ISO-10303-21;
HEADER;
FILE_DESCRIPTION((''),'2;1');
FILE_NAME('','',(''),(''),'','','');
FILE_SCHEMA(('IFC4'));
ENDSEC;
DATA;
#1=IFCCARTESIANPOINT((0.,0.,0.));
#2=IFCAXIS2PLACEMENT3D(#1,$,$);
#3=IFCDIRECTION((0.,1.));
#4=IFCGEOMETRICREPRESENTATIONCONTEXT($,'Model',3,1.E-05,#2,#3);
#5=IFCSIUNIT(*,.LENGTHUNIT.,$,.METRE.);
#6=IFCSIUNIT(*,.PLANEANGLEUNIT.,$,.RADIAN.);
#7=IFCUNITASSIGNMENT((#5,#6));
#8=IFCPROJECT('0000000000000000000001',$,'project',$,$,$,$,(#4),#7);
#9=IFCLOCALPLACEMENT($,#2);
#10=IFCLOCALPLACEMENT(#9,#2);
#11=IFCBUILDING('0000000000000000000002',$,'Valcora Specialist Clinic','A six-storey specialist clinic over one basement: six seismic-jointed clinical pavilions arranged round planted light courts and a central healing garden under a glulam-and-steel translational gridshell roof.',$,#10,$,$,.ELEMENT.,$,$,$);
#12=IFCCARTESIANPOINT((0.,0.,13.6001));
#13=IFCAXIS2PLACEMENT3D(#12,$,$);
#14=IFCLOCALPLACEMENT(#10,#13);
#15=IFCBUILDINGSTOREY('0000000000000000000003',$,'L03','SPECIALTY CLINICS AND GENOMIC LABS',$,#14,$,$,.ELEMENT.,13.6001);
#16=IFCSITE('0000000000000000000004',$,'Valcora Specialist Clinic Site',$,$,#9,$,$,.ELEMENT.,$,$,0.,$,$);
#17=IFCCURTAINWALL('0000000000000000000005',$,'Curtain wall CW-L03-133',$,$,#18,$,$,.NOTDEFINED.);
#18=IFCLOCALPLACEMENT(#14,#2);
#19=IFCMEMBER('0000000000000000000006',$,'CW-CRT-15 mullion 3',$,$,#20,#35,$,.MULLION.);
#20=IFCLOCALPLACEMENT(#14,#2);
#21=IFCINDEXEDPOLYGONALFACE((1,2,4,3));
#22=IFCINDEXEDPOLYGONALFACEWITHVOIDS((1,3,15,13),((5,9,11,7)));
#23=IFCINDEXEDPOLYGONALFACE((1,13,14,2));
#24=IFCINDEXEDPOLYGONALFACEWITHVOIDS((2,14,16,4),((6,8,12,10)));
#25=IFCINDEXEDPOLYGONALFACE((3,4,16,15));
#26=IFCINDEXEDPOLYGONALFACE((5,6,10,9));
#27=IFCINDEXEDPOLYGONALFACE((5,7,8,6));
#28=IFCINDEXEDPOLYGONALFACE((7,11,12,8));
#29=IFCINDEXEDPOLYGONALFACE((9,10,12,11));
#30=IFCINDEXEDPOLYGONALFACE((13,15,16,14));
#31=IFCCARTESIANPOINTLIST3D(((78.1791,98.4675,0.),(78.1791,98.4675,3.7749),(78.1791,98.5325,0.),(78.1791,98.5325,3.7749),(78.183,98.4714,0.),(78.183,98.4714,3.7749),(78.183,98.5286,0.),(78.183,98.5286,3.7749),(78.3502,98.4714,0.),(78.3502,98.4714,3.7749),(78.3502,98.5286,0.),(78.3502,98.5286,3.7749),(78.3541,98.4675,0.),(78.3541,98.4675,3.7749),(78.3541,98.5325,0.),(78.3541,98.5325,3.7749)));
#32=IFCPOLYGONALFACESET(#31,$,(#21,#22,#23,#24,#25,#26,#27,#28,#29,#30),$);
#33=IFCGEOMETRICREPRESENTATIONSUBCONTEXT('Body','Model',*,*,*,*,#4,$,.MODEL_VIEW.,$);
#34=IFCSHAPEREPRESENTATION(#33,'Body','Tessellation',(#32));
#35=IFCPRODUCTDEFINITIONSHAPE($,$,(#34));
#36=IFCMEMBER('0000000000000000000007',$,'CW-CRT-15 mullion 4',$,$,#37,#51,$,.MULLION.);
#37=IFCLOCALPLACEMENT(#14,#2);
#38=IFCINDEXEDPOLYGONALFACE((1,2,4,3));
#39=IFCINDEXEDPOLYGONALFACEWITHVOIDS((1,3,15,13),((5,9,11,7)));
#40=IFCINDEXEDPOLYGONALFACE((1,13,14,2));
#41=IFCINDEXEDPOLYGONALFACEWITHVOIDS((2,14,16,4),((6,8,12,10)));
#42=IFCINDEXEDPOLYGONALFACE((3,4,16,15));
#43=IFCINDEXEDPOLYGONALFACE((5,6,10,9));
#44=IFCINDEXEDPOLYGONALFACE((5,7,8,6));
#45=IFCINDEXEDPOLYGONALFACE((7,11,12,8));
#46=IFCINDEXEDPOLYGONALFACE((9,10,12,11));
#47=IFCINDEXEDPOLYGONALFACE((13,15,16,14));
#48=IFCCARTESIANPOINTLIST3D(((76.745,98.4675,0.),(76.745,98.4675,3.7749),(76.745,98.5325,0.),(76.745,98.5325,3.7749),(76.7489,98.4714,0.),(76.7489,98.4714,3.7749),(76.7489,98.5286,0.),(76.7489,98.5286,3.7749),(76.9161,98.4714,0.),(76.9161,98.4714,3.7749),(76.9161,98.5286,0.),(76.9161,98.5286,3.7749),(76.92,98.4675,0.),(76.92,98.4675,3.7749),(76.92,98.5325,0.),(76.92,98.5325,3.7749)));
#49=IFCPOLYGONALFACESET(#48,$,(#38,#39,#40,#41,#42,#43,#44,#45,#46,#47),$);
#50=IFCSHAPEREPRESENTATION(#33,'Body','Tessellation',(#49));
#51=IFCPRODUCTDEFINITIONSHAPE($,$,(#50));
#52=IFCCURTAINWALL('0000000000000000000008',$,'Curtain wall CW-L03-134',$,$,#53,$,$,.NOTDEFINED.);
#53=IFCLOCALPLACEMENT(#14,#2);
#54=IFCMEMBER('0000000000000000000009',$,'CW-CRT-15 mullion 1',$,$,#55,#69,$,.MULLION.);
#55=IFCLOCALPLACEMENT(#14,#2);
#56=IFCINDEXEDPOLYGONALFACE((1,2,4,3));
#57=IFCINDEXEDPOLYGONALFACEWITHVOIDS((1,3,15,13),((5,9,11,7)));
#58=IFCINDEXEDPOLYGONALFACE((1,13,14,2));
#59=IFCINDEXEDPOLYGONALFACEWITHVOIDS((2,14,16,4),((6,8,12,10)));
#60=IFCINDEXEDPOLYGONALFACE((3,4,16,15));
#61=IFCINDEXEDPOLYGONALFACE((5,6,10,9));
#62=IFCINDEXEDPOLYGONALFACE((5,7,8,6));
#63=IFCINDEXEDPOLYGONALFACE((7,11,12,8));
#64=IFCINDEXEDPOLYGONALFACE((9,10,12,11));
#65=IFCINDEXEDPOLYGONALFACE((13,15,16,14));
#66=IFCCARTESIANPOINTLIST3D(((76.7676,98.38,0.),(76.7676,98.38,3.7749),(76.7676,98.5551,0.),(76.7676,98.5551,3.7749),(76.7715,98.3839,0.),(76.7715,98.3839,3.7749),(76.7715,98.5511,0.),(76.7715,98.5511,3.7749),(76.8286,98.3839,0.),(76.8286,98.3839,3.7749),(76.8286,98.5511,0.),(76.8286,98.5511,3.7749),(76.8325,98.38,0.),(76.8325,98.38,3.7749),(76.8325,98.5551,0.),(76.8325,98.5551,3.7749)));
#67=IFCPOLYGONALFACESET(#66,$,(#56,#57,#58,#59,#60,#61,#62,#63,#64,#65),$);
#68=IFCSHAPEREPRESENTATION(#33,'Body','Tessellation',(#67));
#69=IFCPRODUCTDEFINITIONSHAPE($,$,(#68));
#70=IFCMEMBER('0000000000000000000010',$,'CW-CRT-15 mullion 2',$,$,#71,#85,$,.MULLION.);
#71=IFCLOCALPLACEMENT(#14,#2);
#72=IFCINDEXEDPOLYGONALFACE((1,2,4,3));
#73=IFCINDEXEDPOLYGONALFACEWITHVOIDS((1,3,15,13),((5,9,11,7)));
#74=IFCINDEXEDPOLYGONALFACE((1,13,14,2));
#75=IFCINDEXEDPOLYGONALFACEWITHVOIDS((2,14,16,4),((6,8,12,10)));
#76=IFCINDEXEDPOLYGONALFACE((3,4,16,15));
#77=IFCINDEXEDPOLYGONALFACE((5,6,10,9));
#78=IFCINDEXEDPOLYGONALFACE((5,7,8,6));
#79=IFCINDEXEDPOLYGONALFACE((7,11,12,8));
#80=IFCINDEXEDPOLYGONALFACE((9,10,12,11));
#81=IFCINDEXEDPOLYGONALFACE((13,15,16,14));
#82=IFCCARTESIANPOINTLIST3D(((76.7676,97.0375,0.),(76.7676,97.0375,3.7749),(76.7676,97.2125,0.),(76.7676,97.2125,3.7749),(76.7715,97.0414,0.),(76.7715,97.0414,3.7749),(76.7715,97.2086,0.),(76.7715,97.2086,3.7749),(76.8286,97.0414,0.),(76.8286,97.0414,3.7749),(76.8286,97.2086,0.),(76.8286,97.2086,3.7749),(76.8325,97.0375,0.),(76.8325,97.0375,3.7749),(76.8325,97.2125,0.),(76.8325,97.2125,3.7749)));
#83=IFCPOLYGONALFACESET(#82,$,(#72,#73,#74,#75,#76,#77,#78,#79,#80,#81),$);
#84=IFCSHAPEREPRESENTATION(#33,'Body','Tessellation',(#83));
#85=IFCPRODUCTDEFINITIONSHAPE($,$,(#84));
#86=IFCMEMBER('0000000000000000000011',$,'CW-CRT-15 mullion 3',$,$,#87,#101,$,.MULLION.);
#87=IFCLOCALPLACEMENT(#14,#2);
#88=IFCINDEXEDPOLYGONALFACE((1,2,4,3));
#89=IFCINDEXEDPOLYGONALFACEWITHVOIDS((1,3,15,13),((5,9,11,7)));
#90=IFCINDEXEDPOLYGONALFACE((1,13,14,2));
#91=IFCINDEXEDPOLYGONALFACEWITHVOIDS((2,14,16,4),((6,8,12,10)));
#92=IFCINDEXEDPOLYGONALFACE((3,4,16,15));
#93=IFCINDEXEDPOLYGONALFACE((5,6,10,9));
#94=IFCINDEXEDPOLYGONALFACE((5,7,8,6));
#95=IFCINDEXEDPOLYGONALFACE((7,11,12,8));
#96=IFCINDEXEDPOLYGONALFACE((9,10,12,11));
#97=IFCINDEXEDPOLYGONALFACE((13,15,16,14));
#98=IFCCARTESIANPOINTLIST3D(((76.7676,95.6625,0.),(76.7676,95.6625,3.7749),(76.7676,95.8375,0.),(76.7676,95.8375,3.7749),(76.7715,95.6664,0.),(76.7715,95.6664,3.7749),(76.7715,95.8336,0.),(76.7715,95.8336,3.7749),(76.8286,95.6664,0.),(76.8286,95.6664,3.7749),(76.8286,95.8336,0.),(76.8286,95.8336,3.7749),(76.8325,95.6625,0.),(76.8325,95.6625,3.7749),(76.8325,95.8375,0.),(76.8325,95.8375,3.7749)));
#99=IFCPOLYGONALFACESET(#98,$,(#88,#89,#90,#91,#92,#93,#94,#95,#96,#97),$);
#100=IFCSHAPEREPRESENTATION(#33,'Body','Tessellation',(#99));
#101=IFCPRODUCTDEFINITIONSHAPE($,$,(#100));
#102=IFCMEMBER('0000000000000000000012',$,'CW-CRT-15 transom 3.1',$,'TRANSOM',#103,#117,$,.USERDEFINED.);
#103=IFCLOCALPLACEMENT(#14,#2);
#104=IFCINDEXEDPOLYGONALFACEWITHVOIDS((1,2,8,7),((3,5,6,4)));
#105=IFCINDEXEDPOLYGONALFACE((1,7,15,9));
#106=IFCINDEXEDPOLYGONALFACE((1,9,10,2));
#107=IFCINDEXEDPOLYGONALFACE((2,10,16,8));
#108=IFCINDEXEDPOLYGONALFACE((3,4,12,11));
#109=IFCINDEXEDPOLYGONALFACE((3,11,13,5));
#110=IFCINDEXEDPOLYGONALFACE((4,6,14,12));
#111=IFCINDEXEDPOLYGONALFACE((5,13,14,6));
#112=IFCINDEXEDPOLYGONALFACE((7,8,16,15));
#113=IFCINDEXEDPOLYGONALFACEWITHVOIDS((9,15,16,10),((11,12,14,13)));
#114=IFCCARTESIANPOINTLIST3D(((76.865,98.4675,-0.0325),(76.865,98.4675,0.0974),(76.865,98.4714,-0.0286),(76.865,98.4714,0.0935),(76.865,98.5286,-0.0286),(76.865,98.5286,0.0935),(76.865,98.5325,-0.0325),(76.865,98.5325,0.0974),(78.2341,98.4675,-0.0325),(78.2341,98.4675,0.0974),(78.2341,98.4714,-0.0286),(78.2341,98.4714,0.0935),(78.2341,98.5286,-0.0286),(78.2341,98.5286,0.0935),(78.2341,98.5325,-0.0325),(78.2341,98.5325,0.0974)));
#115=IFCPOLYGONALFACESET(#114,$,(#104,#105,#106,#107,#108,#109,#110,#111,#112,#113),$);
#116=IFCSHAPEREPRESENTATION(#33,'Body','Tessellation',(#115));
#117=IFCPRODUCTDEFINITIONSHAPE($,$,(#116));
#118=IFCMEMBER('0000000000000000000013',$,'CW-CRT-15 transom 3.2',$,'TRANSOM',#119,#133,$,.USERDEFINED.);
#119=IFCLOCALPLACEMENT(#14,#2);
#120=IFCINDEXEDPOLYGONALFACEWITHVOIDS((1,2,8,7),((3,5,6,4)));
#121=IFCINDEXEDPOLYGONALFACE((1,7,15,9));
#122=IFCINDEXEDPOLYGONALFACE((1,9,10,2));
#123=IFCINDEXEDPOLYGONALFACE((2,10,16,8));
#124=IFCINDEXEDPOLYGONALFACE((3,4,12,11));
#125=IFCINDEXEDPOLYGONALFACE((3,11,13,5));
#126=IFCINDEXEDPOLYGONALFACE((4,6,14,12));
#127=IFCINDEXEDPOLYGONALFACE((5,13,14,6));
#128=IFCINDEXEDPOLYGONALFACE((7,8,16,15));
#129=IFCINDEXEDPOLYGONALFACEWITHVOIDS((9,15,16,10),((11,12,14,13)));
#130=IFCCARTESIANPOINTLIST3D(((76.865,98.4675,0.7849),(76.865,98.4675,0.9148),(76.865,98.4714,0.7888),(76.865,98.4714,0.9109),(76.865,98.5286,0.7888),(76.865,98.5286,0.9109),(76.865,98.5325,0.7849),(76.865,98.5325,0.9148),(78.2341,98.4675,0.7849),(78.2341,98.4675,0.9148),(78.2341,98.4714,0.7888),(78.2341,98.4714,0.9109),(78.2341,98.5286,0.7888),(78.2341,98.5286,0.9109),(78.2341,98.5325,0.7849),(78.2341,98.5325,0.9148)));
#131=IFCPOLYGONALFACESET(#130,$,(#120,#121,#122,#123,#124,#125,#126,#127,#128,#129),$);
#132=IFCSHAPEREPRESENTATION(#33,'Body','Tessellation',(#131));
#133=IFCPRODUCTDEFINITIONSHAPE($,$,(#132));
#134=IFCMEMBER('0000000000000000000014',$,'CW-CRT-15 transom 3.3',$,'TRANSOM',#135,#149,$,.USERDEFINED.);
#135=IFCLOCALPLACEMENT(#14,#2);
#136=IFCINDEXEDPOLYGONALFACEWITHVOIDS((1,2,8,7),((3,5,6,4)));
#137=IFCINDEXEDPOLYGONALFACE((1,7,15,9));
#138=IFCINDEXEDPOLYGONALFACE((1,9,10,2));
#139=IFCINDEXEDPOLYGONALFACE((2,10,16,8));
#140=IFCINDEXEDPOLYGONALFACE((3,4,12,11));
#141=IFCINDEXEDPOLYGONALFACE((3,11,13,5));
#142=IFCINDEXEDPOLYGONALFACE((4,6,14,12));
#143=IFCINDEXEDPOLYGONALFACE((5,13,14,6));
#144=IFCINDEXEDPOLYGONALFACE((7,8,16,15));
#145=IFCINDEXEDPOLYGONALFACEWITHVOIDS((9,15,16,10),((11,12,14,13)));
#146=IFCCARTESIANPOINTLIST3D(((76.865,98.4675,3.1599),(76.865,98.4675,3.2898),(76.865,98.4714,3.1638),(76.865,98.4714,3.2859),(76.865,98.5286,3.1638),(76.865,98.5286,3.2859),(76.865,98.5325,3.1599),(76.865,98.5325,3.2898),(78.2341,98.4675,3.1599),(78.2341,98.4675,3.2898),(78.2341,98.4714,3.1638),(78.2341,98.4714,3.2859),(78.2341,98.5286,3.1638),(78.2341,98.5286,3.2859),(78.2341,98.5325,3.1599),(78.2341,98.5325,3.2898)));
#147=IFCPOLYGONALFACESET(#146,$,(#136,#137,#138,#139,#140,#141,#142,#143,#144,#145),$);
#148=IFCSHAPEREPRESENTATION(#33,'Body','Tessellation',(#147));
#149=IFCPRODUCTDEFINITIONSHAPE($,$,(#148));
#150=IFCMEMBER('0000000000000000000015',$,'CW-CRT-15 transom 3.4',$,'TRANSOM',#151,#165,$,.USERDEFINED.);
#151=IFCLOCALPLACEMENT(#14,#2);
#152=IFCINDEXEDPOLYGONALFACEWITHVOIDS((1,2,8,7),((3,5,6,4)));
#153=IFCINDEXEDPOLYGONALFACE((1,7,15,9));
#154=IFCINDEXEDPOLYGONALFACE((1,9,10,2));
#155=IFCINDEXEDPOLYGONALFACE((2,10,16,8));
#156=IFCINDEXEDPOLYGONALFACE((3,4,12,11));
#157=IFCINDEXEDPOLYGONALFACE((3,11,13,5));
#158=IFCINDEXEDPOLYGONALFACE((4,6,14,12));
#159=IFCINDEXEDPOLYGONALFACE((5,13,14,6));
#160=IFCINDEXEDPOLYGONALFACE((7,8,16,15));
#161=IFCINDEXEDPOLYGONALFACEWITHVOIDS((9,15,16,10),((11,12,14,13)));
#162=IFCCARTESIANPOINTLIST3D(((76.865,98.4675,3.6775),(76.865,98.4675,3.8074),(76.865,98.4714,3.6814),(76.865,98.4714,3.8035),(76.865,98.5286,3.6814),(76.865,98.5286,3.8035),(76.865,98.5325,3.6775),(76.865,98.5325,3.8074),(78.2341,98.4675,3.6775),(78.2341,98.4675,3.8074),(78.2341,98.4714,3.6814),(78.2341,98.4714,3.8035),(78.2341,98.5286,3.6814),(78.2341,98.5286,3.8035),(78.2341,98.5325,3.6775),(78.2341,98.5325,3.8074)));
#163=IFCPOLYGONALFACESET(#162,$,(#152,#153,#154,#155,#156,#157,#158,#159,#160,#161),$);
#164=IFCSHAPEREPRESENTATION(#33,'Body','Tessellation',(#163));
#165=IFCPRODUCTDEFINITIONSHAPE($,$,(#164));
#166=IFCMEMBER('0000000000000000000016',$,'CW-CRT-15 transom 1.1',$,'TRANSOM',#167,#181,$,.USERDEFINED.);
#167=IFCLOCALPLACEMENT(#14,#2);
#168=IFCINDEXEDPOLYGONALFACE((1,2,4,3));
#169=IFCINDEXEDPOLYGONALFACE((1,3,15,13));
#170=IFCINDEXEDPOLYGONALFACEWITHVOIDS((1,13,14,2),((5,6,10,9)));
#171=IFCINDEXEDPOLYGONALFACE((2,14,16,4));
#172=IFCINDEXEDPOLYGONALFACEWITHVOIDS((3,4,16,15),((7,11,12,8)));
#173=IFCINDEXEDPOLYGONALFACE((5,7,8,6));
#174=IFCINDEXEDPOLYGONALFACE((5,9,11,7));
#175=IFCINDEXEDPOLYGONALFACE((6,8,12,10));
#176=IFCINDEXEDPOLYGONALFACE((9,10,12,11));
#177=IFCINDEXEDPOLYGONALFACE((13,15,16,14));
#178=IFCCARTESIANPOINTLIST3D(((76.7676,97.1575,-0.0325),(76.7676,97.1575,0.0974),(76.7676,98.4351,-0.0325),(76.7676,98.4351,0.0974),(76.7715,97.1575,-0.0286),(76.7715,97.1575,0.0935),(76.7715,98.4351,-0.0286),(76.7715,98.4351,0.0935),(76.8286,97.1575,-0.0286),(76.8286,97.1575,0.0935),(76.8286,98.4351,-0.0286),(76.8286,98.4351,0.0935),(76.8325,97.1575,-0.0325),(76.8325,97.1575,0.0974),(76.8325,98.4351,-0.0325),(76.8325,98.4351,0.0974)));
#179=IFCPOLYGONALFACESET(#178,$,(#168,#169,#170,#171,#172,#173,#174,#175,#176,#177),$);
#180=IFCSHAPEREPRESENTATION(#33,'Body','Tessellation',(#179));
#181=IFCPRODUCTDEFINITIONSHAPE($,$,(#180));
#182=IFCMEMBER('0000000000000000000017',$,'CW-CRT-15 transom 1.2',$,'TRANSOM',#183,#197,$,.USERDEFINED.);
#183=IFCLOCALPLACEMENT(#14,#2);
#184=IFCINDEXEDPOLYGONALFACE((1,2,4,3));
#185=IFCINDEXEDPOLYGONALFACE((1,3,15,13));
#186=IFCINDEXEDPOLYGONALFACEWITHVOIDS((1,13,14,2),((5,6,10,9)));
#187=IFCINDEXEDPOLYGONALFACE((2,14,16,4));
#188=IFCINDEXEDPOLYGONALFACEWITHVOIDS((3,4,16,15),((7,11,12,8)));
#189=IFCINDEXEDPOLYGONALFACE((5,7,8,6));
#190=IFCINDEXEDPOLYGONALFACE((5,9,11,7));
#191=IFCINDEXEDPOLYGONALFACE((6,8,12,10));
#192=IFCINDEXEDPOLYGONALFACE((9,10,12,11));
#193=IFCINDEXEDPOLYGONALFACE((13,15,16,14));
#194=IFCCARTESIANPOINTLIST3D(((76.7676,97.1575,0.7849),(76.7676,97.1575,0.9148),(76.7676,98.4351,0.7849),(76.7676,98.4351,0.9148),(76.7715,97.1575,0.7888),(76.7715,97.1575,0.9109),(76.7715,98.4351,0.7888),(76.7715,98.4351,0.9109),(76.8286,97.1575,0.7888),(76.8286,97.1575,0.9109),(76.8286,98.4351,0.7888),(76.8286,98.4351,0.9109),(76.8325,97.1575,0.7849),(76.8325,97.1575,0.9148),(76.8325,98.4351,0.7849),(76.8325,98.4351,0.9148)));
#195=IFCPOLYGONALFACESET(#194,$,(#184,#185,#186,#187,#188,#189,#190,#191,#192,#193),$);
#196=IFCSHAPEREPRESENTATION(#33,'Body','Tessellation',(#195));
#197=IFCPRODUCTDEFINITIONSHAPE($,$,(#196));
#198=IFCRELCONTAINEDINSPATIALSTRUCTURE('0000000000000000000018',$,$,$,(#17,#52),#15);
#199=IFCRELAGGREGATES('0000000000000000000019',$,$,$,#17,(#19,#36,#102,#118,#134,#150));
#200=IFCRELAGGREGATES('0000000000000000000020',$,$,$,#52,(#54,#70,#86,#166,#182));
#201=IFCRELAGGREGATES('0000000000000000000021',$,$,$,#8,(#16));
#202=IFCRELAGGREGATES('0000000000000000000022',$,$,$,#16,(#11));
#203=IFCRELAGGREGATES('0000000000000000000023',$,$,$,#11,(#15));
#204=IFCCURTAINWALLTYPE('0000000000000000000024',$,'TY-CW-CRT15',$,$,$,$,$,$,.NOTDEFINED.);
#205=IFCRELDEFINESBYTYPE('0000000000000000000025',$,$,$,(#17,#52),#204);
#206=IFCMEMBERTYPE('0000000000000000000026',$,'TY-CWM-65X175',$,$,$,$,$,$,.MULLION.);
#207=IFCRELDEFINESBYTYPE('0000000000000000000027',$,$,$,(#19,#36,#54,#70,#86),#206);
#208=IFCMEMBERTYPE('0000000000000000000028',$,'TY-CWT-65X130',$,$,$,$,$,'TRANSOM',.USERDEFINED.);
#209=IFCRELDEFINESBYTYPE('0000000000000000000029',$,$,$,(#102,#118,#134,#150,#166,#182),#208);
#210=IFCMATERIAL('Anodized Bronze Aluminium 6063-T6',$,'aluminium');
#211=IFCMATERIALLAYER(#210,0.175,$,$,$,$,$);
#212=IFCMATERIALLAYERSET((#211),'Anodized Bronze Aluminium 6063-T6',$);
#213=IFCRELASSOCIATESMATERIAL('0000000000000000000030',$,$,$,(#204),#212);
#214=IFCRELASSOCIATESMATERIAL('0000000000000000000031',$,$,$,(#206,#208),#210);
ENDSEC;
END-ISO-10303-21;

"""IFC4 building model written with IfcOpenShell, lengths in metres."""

from ifc_helpers import new_model, si_unit, direction, frame, origin, origin_2d, place, context, subcontext, project, spatial, hollow_rectangle, extrude, material, layer, layer_set, material_profile, profile_set, type_object, element, aggregate, save


model = new_model("IFC4")

# Units and contexts
model_context = context("Model", 3, precision=1e-05, world=origin(), true_north=direction((0.0, 1.0)))
body_context = subcontext(model_context, "Body", "Model", "MODEL_VIEW")
ifc_project = project(units=[si_unit("LENGTHUNIT", "METRE"), si_unit("PLANEANGLEUNIT", "RADIAN")], contexts=[model_context])

# Site, building, storey
site_placement = place(None, origin())
site = spatial("IfcSite", under=ifc_project, at=site_placement, Name="Valcora Specialist Clinic Site", CompositionType="ELEMENT", RefElevation=0.0)
building_placement = place(site_placement, origin())
building = spatial("IfcBuilding", under=site, at=building_placement, Name="Valcora Specialist Clinic", Description="A six-storey specialist clinic over one basement: six seismic-jointed clinical pavilions arranged round planted light courts and a central healing garden under a glulam-and-steel translational gridshell roof.", CompositionType="ELEMENT")
storey_placement = place(building_placement, frame((0.0, 0.0, 13.6001)))
storey = spatial("IfcBuildingStorey", under=building, at=storey_placement, Name="L03", Description="SPECIALTY CLINICS AND GENOMIC LABS", CompositionType="ELEMENT", Elevation=13.6001)

# Curtain walls, members
ifc_material_1 = material(Name="Anodized Bronze Aluminium 6063-T6", Category="aluminium")
ifc_layer_1 = layer(ifc_material_1, 0.175)
ifc_layer_set_1 = layer_set([ifc_layer_1], Name="Anodized Bronze Aluminium 6063-T6")
curtain_wall_type = type_object("IfcCurtainWallType", Name="TY-CW-CRT15", PredefinedType="NOTDEFINED", material=ifc_layer_set_1)
curtain_wall_1_placement = place(storey_placement, origin())
curtain_wall_1 = element("IfcCurtainWall", 1, at=curtain_wall_1_placement, inside=storey, type_object=curtain_wall_type, Name="Curtain wall CW-L03-133", PredefinedType="NOTDEFINED")
ifc_material_profile_1 = material_profile(ifc_material_1, hollow_rectangle(XDim=0.0649, YDim=0.175, WallThickness=0.0039, at=origin_2d()), Name="AL-MUL-65X175")
ifc_profile_set_1 = profile_set([ifc_material_profile_1], Name="Anodized Bronze Aluminium 6063-T6")
member_type_1 = type_object("IfcMemberType", Name="TY-CWM-65X175", PredefinedType="MULLION", material=ifc_profile_set_1)
member_1_placement = place(storey_placement, frame((78.2666, 98.5, 0.0), z_axis=(0.0, 0.0, 1.0), x_axis=(0.0, -1.0, 0.0)))
member_1 = element("IfcMember", 2, at=member_1_placement, type_object=member_type_1, Name="CW-CRT-15 mullion 3", PredefinedType="MULLION", context=body_context, shape_type="SweptSolid", body=[
    extrude(hollow_rectangle(XDim=0.0649, YDim=0.175, WallThickness=0.0039, at=origin_2d()), origin(), (0.0, 0.0, 1.0), 3.7749),
])
member_2_placement = place(storey_placement, frame((76.8325, 98.5, 0.0), z_axis=(0.0, 0.0, 1.0), x_axis=(0.0, -1.0, 0.0)))
member_2 = element("IfcMember", 3, at=member_2_placement, type_object=member_type_1, Name="CW-CRT-15 mullion 4", PredefinedType="MULLION", context=body_context, shape_type="SweptSolid", body=[
    extrude(hollow_rectangle(XDim=0.0649, YDim=0.175, WallThickness=0.0039, at=origin_2d()), origin(), (0.0, 0.0, 1.0), 3.7749),
])
curtain_wall_2_placement = place(storey_placement, origin())
curtain_wall_2 = element("IfcCurtainWall", 4, at=curtain_wall_2_placement, inside=storey, type_object=curtain_wall_type, Name="Curtain wall CW-L03-134", PredefinedType="NOTDEFINED")
member_3_placement = place(storey_placement, frame((76.8, 98.4675, 0.0), z_axis=(0.0, 0.0, 1.0), x_axis=(1.0, 0.0, 0.0)))
member_3 = element("IfcMember", 5, at=member_3_placement, type_object=member_type_1, Name="CW-CRT-15 mullion 1", PredefinedType="MULLION", context=body_context, shape_type="SweptSolid", body=[
    extrude(hollow_rectangle(XDim=0.0649, YDim=0.175, WallThickness=0.0039, at=origin_2d()), origin(), (0.0, 0.0, 1.0), 3.7749),
])
member_4_placement = place(storey_placement, frame((76.8, 97.125, 0.0), z_axis=(0.0, 0.0, 1.0), x_axis=(1.0, 0.0, 0.0)))
member_4 = element("IfcMember", 6, at=member_4_placement, type_object=member_type_1, Name="CW-CRT-15 mullion 2", PredefinedType="MULLION", context=body_context, shape_type="SweptSolid", body=[
    extrude(hollow_rectangle(XDim=0.0649, YDim=0.175, WallThickness=0.0039, at=origin_2d()), origin(), (0.0, 0.0, 1.0), 3.7749),
])
member_5_placement = place(storey_placement, frame((76.8, 95.75, 0.0), z_axis=(0.0, 0.0, 1.0), x_axis=(1.0, 0.0, 0.0)))
member_5 = element("IfcMember", 7, at=member_5_placement, type_object=member_type_1, Name="CW-CRT-15 mullion 3", PredefinedType="MULLION", context=body_context, shape_type="SweptSolid", body=[
    extrude(hollow_rectangle(XDim=0.0649, YDim=0.175, WallThickness=0.0039, at=origin_2d()), origin(), (0.0, 0.0, 1.0), 3.7749),
])

# Members
ifc_material_profile_2 = material_profile(ifc_material_1, hollow_rectangle(XDim=0.0649, YDim=0.1299, WallThickness=0.0039, at=origin_2d()), Name="AL-TRN-65X130")
ifc_profile_set_2 = profile_set([ifc_material_profile_2], Name="Anodized Bronze Aluminium 6063-T6")
member_type_2 = type_object("IfcMemberType", Name="TY-CWT-65X130", ElementType="TRANSOM", PredefinedType="USERDEFINED", material=ifc_profile_set_2)
member_6_placement = place(storey_placement, frame((78.2341, 98.5, 0.0325), z_axis=(-1.0, 0.0, 0.0), x_axis=(0.0, -1.0, 0.0)))
member_6 = element("IfcMember", 8, at=member_6_placement, type_object=member_type_2, Name="CW-CRT-15 transom 3.1", ObjectType="TRANSOM", PredefinedType="USERDEFINED", context=body_context, shape_type="SweptSolid", body=[
    extrude(hollow_rectangle(XDim=0.0649, YDim=0.1299, WallThickness=0.0039, at=origin_2d()), origin(), (0.0, 0.0, 1.0), 1.3691),
])
member_7_placement = place(storey_placement, frame((78.2341, 98.5, 0.8499), z_axis=(-1.0, 0.0, 0.0), x_axis=(0.0, -1.0, 0.0)))
member_7 = element("IfcMember", 9, at=member_7_placement, type_object=member_type_2, Name="CW-CRT-15 transom 3.2", ObjectType="TRANSOM", PredefinedType="USERDEFINED", context=body_context, shape_type="SweptSolid", body=[
    extrude(hollow_rectangle(XDim=0.0649, YDim=0.1299, WallThickness=0.0039, at=origin_2d()), origin(), (0.0, 0.0, 1.0), 1.3691),
])
member_8_placement = place(storey_placement, frame((78.2341, 98.5, 3.2249), z_axis=(-1.0, 0.0, 0.0), x_axis=(0.0, -1.0, 0.0)))
member_8 = element("IfcMember", 10, at=member_8_placement, type_object=member_type_2, Name="CW-CRT-15 transom 3.3", ObjectType="TRANSOM", PredefinedType="USERDEFINED", context=body_context, shape_type="SweptSolid", body=[
    extrude(hollow_rectangle(XDim=0.0649, YDim=0.1299, WallThickness=0.0039, at=origin_2d()), origin(), (0.0, 0.0, 1.0), 1.3691),
])
member_9_placement = place(storey_placement, frame((78.2341, 98.5, 3.7424), z_axis=(-1.0, 0.0, 0.0), x_axis=(0.0, -1.0, 0.0)))
member_9 = element("IfcMember", 11, at=member_9_placement, type_object=member_type_2, Name="CW-CRT-15 transom 3.4", ObjectType="TRANSOM", PredefinedType="USERDEFINED", context=body_context, shape_type="SweptSolid", body=[
    extrude(hollow_rectangle(XDim=0.0649, YDim=0.1299, WallThickness=0.0039, at=origin_2d()), origin(), (0.0, 0.0, 1.0), 1.3691),
])
member_10_placement = place(storey_placement, frame((76.8, 98.4351, 0.0325), z_axis=(0.0, -1.0, 0.0), x_axis=(1.0, 0.0, 0.0)))
member_10 = element("IfcMember", 12, at=member_10_placement, type_object=member_type_2, Name="CW-CRT-15 transom 1.1", ObjectType="TRANSOM", PredefinedType="USERDEFINED", context=body_context, shape_type="SweptSolid", body=[
    extrude(hollow_rectangle(XDim=0.0649, YDim=0.1299, WallThickness=0.0039, at=origin_2d()), origin(), (0.0, 0.0, 1.0), 1.2776),
])
member_11_placement = place(storey_placement, frame((76.8, 98.4351, 0.8499), z_axis=(0.0, -1.0, 0.0), x_axis=(1.0, 0.0, 0.0)))
member_11 = element("IfcMember", 13, at=member_11_placement, type_object=member_type_2, Name="CW-CRT-15 transom 1.2", ObjectType="TRANSOM", PredefinedType="USERDEFINED", context=body_context, shape_type="SweptSolid", body=[
    extrude(hollow_rectangle(XDim=0.0649, YDim=0.1299, WallThickness=0.0039, at=origin_2d()), origin(), (0.0, 0.0, 1.0), 1.2776),
])

aggregate(curtain_wall_1, [member_1, member_2, member_6, member_7, member_8, member_9])
aggregate(curtain_wall_2, [member_3, member_4, member_5, member_10, member_11])

save(model, "model.ifc")
